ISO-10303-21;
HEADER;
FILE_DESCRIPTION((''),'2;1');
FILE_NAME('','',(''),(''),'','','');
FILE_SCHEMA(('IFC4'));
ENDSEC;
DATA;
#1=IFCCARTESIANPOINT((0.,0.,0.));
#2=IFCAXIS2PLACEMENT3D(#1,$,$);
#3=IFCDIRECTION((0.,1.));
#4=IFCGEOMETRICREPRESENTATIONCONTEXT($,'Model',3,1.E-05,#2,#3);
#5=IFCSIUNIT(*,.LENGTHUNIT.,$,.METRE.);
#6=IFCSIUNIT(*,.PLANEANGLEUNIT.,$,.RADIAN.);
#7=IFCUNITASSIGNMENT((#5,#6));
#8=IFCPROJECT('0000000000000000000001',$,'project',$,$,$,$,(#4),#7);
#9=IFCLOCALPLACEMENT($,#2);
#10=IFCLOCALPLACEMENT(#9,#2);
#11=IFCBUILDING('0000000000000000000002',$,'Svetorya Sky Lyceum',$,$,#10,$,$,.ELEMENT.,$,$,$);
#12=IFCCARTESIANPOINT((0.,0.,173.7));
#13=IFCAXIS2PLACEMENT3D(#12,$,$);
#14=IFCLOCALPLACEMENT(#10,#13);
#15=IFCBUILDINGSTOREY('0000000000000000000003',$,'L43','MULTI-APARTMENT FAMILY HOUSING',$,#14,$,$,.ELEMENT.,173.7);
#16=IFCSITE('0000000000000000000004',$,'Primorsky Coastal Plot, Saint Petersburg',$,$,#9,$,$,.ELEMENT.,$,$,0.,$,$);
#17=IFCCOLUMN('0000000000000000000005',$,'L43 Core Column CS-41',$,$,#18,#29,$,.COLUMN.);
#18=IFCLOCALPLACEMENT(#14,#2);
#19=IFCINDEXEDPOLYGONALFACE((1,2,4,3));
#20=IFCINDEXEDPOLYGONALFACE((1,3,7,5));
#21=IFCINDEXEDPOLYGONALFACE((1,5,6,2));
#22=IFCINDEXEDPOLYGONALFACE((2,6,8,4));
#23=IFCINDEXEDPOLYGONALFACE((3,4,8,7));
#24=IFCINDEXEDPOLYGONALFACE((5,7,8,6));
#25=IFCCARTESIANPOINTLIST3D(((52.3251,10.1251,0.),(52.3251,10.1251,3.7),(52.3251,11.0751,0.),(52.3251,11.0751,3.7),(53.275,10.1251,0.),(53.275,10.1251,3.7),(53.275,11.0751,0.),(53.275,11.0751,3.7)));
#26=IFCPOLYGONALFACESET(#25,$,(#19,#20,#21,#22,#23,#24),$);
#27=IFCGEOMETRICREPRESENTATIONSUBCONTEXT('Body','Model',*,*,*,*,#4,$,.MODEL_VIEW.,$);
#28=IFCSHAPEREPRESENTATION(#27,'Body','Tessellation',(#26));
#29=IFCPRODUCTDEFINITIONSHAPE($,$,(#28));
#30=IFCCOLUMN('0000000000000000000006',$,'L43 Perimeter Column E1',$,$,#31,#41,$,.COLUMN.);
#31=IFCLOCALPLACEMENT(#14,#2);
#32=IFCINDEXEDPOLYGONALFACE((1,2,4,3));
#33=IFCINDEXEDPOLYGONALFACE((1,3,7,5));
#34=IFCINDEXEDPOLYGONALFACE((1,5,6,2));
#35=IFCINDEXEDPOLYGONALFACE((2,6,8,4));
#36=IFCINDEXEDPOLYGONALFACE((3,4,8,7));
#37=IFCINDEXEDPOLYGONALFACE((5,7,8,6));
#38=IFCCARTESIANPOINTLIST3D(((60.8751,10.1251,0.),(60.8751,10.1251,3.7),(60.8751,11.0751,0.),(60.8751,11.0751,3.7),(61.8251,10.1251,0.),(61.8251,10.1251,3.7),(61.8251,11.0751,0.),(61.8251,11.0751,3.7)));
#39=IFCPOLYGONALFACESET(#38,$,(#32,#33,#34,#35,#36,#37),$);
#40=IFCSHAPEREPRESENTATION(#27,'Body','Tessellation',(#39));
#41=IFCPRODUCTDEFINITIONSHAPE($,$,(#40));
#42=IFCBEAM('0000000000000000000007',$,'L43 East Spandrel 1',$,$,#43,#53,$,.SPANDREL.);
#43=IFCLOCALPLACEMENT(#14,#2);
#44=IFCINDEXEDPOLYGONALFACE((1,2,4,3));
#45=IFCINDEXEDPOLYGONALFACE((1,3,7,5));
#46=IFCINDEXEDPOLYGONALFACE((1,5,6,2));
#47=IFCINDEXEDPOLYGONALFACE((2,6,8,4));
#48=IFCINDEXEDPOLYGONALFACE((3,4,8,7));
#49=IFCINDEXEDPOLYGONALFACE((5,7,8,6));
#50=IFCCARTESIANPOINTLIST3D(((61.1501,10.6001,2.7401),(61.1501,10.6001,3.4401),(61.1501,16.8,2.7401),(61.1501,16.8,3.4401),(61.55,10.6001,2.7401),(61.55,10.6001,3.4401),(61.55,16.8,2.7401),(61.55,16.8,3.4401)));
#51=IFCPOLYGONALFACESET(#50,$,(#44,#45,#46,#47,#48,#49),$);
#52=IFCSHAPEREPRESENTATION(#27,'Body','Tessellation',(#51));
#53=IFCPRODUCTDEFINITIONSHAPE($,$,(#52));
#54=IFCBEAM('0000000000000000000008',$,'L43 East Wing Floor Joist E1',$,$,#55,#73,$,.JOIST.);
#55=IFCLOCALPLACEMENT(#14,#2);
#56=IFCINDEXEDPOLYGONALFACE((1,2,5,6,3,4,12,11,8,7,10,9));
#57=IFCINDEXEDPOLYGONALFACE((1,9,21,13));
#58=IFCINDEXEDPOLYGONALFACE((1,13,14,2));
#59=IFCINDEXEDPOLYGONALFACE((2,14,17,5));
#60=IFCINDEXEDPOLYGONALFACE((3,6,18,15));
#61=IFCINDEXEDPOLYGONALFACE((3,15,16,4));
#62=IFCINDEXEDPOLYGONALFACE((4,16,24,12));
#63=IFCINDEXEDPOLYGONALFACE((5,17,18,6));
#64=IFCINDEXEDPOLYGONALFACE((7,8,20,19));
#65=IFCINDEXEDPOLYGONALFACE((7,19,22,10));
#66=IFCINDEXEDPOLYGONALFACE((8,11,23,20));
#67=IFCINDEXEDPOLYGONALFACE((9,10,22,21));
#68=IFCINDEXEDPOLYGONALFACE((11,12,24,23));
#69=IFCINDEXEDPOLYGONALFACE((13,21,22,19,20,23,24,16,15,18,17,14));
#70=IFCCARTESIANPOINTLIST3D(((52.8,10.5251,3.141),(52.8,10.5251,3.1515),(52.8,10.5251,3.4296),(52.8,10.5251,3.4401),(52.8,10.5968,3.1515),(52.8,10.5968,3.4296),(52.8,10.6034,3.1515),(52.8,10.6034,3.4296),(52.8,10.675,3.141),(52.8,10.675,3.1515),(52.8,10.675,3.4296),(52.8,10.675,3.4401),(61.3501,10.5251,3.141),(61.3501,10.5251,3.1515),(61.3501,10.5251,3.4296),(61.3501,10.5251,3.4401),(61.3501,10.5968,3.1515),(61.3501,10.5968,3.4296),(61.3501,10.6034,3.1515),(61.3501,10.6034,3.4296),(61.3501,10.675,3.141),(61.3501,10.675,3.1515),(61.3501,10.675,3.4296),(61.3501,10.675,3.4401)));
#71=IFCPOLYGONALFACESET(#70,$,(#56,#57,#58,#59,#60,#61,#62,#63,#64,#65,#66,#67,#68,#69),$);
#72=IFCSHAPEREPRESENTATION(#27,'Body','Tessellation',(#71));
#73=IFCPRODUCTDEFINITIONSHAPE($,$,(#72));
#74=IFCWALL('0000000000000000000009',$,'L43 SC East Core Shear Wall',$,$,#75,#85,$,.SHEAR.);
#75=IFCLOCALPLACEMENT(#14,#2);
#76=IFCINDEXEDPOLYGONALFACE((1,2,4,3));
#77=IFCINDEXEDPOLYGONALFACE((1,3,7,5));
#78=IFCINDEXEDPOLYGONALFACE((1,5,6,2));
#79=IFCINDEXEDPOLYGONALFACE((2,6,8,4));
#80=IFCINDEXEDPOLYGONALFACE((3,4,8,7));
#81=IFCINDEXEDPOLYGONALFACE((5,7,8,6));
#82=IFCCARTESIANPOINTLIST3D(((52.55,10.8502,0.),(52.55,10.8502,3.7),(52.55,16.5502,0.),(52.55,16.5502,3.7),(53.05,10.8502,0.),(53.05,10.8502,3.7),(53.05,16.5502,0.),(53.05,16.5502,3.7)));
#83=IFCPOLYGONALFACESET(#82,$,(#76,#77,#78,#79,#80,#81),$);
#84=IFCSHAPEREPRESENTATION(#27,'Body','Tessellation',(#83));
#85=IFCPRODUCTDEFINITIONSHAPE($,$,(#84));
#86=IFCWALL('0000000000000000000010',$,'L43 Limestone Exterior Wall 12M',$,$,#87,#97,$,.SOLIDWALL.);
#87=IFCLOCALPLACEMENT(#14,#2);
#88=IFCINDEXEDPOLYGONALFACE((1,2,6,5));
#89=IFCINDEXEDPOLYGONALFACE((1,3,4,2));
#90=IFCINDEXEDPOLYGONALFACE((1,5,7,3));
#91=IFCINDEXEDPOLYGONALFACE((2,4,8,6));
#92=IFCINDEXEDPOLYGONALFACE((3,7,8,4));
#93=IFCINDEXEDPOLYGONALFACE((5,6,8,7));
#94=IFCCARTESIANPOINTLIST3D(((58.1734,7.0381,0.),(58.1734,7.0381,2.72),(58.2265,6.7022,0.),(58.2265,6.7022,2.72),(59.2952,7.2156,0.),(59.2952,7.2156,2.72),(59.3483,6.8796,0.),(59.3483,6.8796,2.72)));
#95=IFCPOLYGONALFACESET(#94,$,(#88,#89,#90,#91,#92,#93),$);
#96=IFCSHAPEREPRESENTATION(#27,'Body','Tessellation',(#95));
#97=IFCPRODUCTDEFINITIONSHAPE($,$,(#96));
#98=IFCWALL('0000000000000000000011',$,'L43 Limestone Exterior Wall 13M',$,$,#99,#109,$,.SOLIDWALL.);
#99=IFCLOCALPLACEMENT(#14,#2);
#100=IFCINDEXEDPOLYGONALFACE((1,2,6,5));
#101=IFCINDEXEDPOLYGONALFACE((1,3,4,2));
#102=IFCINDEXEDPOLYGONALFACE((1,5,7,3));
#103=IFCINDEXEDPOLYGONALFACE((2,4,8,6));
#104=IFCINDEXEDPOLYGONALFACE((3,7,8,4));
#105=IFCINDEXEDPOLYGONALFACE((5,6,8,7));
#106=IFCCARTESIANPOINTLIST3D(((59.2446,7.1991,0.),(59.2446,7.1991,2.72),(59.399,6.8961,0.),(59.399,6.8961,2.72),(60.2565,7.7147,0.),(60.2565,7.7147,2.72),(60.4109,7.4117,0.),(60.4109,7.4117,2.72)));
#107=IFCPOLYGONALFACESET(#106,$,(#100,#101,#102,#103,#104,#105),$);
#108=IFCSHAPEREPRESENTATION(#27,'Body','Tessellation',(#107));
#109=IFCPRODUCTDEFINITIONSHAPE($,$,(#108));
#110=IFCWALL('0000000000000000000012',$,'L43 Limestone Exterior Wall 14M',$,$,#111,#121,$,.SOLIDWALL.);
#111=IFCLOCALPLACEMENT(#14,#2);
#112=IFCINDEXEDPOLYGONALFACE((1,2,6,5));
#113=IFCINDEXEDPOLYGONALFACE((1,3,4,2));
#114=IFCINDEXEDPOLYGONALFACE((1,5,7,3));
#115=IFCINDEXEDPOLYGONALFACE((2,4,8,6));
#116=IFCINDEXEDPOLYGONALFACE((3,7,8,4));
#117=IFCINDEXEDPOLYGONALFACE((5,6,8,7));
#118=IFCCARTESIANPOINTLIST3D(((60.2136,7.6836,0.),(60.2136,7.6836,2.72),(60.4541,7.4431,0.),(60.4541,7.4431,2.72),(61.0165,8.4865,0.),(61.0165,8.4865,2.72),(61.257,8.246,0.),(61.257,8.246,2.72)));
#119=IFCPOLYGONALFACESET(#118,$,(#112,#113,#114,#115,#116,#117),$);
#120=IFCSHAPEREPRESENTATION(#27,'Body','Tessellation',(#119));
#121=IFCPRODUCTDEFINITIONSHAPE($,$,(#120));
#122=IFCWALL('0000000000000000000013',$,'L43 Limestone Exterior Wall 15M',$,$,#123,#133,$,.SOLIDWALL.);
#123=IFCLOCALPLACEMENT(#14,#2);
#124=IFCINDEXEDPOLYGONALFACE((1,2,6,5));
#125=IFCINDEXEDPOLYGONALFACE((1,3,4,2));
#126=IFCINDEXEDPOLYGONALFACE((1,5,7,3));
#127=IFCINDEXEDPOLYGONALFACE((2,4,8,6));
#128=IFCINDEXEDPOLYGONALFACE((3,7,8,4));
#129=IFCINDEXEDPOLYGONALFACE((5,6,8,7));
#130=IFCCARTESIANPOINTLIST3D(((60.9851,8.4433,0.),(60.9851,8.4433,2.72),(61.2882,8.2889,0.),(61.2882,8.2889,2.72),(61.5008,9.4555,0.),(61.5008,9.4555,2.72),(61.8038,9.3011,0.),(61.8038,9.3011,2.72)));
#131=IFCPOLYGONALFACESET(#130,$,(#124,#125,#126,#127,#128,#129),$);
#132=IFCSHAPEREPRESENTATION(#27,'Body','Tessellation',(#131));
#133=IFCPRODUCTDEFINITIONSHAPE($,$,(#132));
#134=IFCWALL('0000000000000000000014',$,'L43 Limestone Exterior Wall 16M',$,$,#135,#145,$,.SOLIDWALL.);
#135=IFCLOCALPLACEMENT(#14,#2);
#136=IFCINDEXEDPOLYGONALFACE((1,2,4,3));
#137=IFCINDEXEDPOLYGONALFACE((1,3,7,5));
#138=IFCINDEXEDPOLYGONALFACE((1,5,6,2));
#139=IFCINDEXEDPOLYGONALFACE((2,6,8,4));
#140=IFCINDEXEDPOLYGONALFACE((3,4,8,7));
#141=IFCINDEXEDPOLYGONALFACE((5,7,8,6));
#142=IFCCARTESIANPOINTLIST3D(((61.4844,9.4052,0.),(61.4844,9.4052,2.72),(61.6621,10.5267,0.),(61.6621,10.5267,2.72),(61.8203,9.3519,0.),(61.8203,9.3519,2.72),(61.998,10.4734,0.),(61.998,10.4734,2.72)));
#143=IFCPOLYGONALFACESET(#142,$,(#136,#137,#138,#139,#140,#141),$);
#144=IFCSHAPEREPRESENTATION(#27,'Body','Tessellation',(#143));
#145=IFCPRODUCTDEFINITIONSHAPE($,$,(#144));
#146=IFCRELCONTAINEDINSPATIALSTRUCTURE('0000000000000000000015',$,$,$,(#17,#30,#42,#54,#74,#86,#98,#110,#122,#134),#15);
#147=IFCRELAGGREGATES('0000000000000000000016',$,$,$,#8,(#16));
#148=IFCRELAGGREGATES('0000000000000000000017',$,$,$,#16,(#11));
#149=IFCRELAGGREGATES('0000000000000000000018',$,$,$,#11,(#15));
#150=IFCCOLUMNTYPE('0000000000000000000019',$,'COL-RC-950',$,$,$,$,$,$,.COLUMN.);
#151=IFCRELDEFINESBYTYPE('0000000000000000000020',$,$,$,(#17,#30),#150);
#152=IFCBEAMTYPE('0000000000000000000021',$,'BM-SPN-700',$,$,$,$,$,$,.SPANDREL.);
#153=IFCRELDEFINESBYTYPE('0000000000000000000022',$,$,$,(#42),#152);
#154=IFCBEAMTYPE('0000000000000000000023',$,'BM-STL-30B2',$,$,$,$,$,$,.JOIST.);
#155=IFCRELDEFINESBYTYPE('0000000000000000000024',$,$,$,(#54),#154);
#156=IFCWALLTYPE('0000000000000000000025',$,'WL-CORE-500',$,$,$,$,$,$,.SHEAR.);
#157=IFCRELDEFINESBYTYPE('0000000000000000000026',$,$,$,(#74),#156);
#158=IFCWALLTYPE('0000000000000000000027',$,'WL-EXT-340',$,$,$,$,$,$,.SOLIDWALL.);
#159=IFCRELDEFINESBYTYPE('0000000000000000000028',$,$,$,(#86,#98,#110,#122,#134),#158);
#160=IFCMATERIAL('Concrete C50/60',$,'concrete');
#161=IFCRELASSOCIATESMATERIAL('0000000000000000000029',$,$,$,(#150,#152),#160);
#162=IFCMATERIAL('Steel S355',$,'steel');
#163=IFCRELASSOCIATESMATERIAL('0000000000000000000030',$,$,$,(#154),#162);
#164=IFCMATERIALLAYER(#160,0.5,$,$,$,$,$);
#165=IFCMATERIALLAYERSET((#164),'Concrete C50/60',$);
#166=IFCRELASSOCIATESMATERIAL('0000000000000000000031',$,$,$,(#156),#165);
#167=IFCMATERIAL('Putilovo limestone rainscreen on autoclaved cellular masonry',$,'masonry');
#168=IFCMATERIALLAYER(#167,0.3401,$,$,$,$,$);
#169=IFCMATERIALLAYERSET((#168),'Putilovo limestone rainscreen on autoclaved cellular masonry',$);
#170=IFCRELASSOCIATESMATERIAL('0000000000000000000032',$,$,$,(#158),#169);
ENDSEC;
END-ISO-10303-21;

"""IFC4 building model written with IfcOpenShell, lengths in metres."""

from ifc_helpers import new_model, si_unit, direction, frame, frame_2d, origin, origin_2d, place, context, subcontext, project, spatial, rectangle, i_section, extrude, material, layer, layer_set, material_profile, profile_set, type_object, element, save


model = new_model("IFC4")

# Units and contexts
model_context = context("Model", 3, precision=1e-05, world=origin(), true_north=direction((0.0, 1.0)))
body_context = subcontext(model_context, "Body", "Model", "MODEL_VIEW")
ifc_project = project(units=[si_unit("LENGTHUNIT", "METRE"), si_unit("PLANEANGLEUNIT", "RADIAN")], contexts=[model_context])

# Site, building, storey
site_placement = place(None, origin())
site = spatial("IfcSite", under=ifc_project, at=site_placement, Name="Primorsky Coastal Plot, Saint Petersburg", CompositionType="ELEMENT", RefElevation=0.0)
building_placement = place(site_placement, origin())
building = spatial("IfcBuilding", under=site, at=building_placement, Name="Svetorya Sky Lyceum", CompositionType="ELEMENT")
storey_placement = place(building_placement, frame((0.0, 0.0, 173.7)))
storey = spatial("IfcBuildingStorey", under=building, at=storey_placement, Name="L43", Description="MULTI-APARTMENT FAMILY HOUSING", CompositionType="ELEMENT", Elevation=173.7)

# Columns
ifc_material_1 = material(Name="Concrete C50/60", Category="concrete")
ifc_material_profile_1 = material_profile(ifc_material_1, rectangle(XDim=0.95, YDim=0.95, at=origin_2d()), Name="RC COL 950x950")
ifc_profile_set_1 = profile_set([ifc_material_profile_1], Name="Concrete C50/60")
column_type = type_object("IfcColumnType", Name="COL-RC-950", PredefinedType="COLUMN", material=ifc_profile_set_1)
for number, where, z_axis, x_axis, name in (
    (1, (52.8, 10.6001, 0.0), (0.0, 0.0, 1.0), (1.0, 0.0, 0.0), "L43 Core Column CS-41"),
    (2, (61.3501, 10.6001, 0.0), (0.0, 0.0, 1.0), (1.0, 0.0, 0.0), "L43 Perimeter Column E1"),
):
    element("IfcColumn", number, at=place(storey_placement, frame(where, z_axis=z_axis, x_axis=x_axis)), inside=storey, type_object=column_type, Name=name, PredefinedType="COLUMN", context=body_context, shape_type="SweptSolid", body=[
        extrude(rectangle(XDim=0.95, YDim=0.95, at=origin_2d()), origin(), (0.0, 0.0, 1.0), 3.7),
    ])

# Beams
ifc_material_profile_2 = material_profile(ifc_material_1, rectangle(XDim=0.3999, YDim=0.7, at=origin_2d()), Name="RC SPANDREL 400x700")
ifc_profile_set_2 = profile_set([ifc_material_profile_2], Name="Concrete C50/60")
beam_type_1 = type_object("IfcBeamType", Name="BM-SPN-700", PredefinedType="SPANDREL", material=ifc_profile_set_2)
beam_1_placement = place(storey_placement, frame((61.3501, 10.6001, 3.0901), z_axis=(0.0, 1.0, 0.0), x_axis=(-1.0, 0.0, 0.0)))
element("IfcBeam", 3, at=beam_1_placement, inside=storey, type_object=beam_type_1, Name="L43 East Spandrel 1", PredefinedType="SPANDREL", context=body_context, shape_type="SweptSolid", body=[
    extrude(rectangle(XDim=0.3999, YDim=0.7, at=origin_2d()), origin(), (0.0, 0.0, 1.0), 6.2),
])
ifc_material_2 = material(Name="Steel S355", Category="steel")
ifc_material_profile_3 = material_profile(ifc_material_2, i_section(OverallWidth=0.1499, OverallDepth=0.2991, WebThickness=0.0066, FlangeThickness=0.0105, at=origin_2d()), Name="GOST 30B2")
ifc_profile_set_3 = profile_set([ifc_material_profile_3], Name="Steel S355")
beam_type_2 = type_object("IfcBeamType", Name="BM-STL-30B2", PredefinedType="JOIST", material=ifc_profile_set_3)
beam_2_placement = place(storey_placement, frame((52.8, 10.6001, 3.2905), z_axis=(1.0, 0.0, 0.0), x_axis=(0.0, 1.0, 0.0)))
element("IfcBeam", 4, at=beam_2_placement, inside=storey, type_object=beam_type_2, Name="L43 East Wing Floor Joist E1", PredefinedType="JOIST", context=body_context, shape_type="SweptSolid", body=[
    extrude(i_section(OverallWidth=0.1499, OverallDepth=0.2991, WebThickness=0.0066, FlangeThickness=0.0105, at=origin_2d()), origin(), (0.0, 0.0, 1.0), 8.55),
])

# Walls
ifc_layer_1 = layer(ifc_material_1, 0.5)
ifc_layer_set_1 = layer_set([ifc_layer_1], Name="Concrete C50/60")
wall_type_1 = type_object("IfcWallType", Name="WL-CORE-500", PredefinedType="SHEAR", material=ifc_layer_set_1)
wall_1_placement = place(storey_placement, frame((52.8, 10.8501, 0.0), z_axis=(0.0, 0.0, 1.0), x_axis=(0.0, 1.0, 0.0)))
element("IfcWall", 5, at=wall_1_placement, inside=storey, type_object=wall_type_1, Name="L43 SC East Core Shear Wall", PredefinedType="SHEAR", context=body_context, shape_type="SweptSolid", body=[
    extrude(rectangle(XDim=5.7, YDim=0.5, at=frame_2d((2.8501, 0.0))), origin(), (0.0, 0.0, 1.0), 3.7),
])
ifc_material_3 = material(Name="Putilovo limestone rainscreen on autoclaved cellular masonry", Category="masonry")
ifc_layer_2 = layer(ifc_material_3, 0.3401)
ifc_layer_set_2 = layer_set([ifc_layer_2], Name="Putilovo limestone rainscreen on autoclaved cellular masonry")
wall_type_2 = type_object("IfcWallType", Name="WL-EXT-340", PredefinedType="SOLIDWALL", material=ifc_layer_set_2)
for number, where, z_axis, x_axis, name in (
    (6, (58.2, 6.8701, 0.0), (0.0, 0.0, 1.0), (0.987714, 0.156272, 0.0), "L43 Limestone Exterior Wall 12M"),
    (7, (59.3218, 7.0476, 0.0), (0.0, 0.0, 1.0), (0.891005, 0.453993, 0.0), "L43 Limestone Exterior Wall 13M"),
):
    element("IfcWall", number, at=place(storey_placement, frame(where, z_axis=z_axis, x_axis=x_axis)), inside=storey, type_object=wall_type_2, Name=name, PredefinedType="SOLIDWALL", context=body_context, shape_type="SweptSolid", body=[
        extrude(rectangle(XDim=1.1357, YDim=0.3401, at=frame_2d((0.5679, 0.0))), origin(), (0.0, 0.0, 1.0), 2.72),
    ])
wall_2_placement = place(storey_placement, frame((60.3337, 7.5632, 0.0), z_axis=(0.0, 0.0, 1.0), x_axis=(0.707107, 0.707107, 0.0)))
element("IfcWall", 8, at=wall_2_placement, inside=storey, type_object=wall_type_2, Name="L43 Limestone Exterior Wall 14M", PredefinedType="SOLIDWALL", context=body_context, shape_type="SweptSolid", body=[
    extrude(rectangle(XDim=1.1355, YDim=0.3401, at=frame_2d((0.5679, 0.0))), origin(), (0.0, 0.0, 1.0), 2.72),
])
wall_3_placement = place(storey_placement, frame((61.1367, 8.3662, 0.0), z_axis=(0.0, 0.0, 1.0), x_axis=(0.453906, 0.891049, 0.0)))
element("IfcWall", 9, at=wall_3_placement, inside=storey, type_object=wall_type_2, Name="L43 Limestone Exterior Wall 15M", PredefinedType="SOLIDWALL", context=body_context, shape_type="SweptSolid", body=[
    extrude(rectangle(XDim=1.136, YDim=0.3401, at=frame_2d((0.5679, 0.0))), origin(), (0.0, 0.0, 1.0), 2.72),
])
wall_4_placement = place(storey_placement, frame((61.6523, 9.3784, 0.0), z_axis=(0.0, 0.0, 1.0), x_axis=(0.156515, 0.987676, 0.0)))
element("IfcWall", 10, at=wall_4_placement, inside=storey, type_object=wall_type_2, Name="L43 Limestone Exterior Wall 16M", PredefinedType="SOLIDWALL", context=body_context, shape_type="SweptSolid", body=[
    extrude(rectangle(XDim=1.1355, YDim=0.3401, at=frame_2d((0.5679, 0.0))), origin(), (0.0, 0.0, 1.0), 2.72),
])

save(model, "model.ifc")
